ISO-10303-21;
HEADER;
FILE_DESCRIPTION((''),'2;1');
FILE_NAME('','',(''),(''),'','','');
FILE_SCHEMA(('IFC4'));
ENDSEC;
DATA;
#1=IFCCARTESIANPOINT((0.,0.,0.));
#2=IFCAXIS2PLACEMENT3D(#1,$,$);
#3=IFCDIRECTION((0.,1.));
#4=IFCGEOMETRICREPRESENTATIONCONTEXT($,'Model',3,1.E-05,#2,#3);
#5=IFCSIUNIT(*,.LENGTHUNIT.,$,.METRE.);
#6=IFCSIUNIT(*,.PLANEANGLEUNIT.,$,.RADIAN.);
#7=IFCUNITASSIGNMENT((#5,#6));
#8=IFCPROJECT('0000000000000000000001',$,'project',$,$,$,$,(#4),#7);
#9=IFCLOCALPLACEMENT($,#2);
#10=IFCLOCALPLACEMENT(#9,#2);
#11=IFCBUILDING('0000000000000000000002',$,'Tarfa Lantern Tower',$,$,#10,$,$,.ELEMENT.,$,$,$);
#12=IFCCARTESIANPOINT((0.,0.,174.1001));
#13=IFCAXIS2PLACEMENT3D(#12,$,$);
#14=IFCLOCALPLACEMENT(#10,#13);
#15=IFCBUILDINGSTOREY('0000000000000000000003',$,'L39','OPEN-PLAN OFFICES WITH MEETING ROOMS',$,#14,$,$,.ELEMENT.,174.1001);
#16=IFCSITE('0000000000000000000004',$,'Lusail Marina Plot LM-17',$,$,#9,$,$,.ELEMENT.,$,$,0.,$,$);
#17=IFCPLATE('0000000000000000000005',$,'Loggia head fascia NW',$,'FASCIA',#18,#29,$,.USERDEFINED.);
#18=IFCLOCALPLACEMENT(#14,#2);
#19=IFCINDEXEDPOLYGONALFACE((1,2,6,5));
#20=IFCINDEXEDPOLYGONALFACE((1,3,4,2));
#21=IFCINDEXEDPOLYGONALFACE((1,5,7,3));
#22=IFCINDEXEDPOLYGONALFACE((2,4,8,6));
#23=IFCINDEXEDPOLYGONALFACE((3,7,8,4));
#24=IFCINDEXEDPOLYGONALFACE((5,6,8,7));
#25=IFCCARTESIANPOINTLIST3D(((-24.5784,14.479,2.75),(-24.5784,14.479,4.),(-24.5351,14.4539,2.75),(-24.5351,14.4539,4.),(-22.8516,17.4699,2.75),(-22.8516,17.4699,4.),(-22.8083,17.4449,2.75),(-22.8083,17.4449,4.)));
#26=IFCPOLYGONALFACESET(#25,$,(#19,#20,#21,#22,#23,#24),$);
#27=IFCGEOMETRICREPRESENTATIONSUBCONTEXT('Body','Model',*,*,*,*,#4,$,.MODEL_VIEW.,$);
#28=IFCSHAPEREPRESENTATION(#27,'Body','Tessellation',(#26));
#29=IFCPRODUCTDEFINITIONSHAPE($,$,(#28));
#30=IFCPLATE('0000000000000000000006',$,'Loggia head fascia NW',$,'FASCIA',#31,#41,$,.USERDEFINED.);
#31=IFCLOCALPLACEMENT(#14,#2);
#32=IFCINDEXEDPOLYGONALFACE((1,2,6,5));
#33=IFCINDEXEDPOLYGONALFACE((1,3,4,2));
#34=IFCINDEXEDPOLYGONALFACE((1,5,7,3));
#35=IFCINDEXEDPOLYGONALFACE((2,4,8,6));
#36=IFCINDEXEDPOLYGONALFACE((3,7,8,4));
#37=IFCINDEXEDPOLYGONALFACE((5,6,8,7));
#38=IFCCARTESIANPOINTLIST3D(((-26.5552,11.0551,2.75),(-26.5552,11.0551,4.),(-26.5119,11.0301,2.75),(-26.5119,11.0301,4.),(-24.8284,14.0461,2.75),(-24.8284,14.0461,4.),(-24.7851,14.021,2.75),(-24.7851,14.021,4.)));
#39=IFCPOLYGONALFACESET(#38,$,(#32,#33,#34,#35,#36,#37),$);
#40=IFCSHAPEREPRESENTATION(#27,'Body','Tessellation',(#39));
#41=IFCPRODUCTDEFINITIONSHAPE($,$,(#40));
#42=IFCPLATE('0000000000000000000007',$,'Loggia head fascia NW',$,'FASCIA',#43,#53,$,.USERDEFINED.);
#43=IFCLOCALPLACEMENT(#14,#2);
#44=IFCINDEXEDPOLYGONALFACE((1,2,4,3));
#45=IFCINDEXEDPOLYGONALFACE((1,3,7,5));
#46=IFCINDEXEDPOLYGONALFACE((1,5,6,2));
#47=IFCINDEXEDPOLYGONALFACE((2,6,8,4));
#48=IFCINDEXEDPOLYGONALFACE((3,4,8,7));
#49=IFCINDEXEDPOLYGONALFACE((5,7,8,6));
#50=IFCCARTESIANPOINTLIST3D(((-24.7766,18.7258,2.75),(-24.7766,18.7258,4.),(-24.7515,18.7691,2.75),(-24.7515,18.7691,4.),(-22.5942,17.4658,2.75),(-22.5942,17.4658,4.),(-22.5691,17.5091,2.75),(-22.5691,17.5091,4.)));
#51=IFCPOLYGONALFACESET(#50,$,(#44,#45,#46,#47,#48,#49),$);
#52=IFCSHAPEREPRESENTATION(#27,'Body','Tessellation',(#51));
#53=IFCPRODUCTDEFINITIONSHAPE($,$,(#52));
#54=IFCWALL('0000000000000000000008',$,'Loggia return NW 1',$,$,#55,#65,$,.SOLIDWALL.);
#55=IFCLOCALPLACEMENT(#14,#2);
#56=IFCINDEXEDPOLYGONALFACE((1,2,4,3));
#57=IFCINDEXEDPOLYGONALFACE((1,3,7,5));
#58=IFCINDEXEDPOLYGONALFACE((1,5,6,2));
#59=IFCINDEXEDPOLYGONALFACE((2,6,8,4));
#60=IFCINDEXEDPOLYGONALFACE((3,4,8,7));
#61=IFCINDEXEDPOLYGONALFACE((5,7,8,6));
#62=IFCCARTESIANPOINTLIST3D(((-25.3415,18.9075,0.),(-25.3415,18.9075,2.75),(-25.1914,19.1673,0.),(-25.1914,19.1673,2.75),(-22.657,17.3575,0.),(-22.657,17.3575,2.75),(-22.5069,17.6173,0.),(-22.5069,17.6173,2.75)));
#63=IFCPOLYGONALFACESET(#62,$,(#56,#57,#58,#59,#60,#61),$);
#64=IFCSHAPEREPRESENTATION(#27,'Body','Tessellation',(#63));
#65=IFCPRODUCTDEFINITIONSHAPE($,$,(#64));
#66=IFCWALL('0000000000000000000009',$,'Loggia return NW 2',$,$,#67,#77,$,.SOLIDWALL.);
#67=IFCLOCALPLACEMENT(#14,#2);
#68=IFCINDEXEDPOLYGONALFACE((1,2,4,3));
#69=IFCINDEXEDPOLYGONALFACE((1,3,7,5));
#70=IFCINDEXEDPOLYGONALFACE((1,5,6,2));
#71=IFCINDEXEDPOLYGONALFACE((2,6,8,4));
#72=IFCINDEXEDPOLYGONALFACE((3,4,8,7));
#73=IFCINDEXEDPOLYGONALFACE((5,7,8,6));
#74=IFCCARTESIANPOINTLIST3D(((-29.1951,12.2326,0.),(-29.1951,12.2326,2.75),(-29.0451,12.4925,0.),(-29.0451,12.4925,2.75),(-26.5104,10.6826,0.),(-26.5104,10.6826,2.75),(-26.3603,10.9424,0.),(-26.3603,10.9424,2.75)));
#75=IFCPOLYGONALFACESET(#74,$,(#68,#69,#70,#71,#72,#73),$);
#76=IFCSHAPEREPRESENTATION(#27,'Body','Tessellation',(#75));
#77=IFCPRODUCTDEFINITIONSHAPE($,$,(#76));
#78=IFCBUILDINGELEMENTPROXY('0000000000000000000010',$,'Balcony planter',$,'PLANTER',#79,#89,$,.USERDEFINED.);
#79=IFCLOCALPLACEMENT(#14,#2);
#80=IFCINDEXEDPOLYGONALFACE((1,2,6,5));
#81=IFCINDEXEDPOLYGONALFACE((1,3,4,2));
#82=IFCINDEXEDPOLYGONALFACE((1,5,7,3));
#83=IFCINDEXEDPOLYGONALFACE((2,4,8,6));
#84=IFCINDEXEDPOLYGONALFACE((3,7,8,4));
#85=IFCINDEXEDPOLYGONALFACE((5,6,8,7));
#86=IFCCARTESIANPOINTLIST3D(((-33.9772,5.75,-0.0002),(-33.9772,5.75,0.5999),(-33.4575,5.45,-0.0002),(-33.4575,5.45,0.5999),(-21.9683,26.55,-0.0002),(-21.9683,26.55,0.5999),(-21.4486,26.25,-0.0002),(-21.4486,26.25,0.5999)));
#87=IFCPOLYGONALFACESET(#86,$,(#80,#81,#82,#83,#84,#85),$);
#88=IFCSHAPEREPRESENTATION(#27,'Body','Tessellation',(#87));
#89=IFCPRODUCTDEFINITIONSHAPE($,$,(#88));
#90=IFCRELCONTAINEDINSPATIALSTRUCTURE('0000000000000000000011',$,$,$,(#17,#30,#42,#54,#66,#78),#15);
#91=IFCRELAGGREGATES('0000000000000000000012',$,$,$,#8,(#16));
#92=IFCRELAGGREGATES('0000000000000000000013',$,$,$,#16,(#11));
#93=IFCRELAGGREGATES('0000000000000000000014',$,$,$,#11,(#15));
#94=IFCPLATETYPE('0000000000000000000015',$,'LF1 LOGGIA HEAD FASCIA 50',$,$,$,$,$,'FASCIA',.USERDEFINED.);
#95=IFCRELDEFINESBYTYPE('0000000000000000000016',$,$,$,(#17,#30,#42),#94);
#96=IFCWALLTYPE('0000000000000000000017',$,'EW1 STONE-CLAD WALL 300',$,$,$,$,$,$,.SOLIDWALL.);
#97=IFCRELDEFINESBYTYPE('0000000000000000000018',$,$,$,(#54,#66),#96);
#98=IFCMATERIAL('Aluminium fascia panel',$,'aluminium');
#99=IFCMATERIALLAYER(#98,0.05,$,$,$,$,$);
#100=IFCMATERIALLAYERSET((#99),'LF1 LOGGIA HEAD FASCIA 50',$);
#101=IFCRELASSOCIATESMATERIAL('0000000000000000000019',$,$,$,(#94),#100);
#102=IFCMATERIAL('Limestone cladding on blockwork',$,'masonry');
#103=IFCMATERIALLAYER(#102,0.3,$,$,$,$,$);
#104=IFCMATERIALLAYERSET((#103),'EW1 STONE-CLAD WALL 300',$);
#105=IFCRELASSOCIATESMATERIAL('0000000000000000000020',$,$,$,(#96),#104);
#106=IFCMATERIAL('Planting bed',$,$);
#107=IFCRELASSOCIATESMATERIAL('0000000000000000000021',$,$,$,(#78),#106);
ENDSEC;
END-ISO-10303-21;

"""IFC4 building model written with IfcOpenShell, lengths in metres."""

from ifc_helpers import new_model, si_unit, direction, frame, frame_2d, origin, origin_2d, place, context, subcontext, project, spatial, rectangle, extrude, material, layer, layer_set, type_object, element, save


model = new_model("IFC4")

# Units and contexts
model_context = context("Model", 3, precision=1e-05, world=origin(), true_north=direction((0.0, 1.0)))
body_context = subcontext(model_context, "Body", "Model", "MODEL_VIEW")
ifc_project = project(units=[si_unit("LENGTHUNIT", "METRE"), si_unit("PLANEANGLEUNIT", "RADIAN")], contexts=[model_context])

# Site, building, storey
site_placement = place(None, origin())
site = spatial("IfcSite", under=ifc_project, at=site_placement, Name="Lusail Marina Plot LM-17", CompositionType="ELEMENT", RefElevation=0.0)
building_placement = place(site_placement, origin())
building = spatial("IfcBuilding", under=site, at=building_placement, Name="Tarfa Lantern Tower", CompositionType="ELEMENT")
storey_placement = place(building_placement, frame((0.0, 0.0, 174.1001)))
storey = spatial("IfcBuildingStorey", under=building, at=storey_placement, Name="L39", Description="OPEN-PLAN OFFICES WITH MEETING ROOMS", CompositionType="ELEMENT", Elevation=174.1001)

# Plates
ifc_material_1 = material(Name="Aluminium fascia panel", Category="aluminium")
ifc_layer_1 = layer(ifc_material_1, 0.05)
ifc_layer_set_1 = layer_set([ifc_layer_1], Name="LF1 LOGGIA HEAD FASCIA 50")
plate_type_1 = type_object("IfcPlateType", Name="LF1 LOGGIA HEAD FASCIA 50", ElementType="FASCIA", PredefinedType="USERDEFINED", material=ifc_layer_set_1)
for number, where, z_axis, x_axis, name in (
    (1, (-23.6934, 15.9619, 2.75), (0.0, 0.0, 1.0), (-0.5, -0.866025, 0.0), "Loggia head fascia NW"),
    (2, (-25.6702, 12.5381, 2.75), (0.0, 0.0, 1.0), (-0.5, -0.866025, 0.0), "Loggia head fascia NW"),
):
    element("IfcPlate", number, at=place(storey_placement, frame(where, z_axis=z_axis, x_axis=x_axis)), inside=storey, type_object=plate_type_1, Name=name, ObjectType="FASCIA", PredefinedType="USERDEFINED", context=body_context, shape_type="SweptSolid", body=[
        extrude(rectangle(XDim=3.4536, YDim=0.05, at=origin_2d()), origin(), (0.0, 0.0, 1.0), 1.25),
    ])
plate_1_placement = place(storey_placement, frame((-23.6729, 18.1174, 2.75), z_axis=(0.0, 0.0, 1.0), x_axis=(0.866025, -0.5, 0.0)))
element("IfcPlate", 3, at=plate_1_placement, inside=storey, type_object=plate_type_1, Name="Loggia head fascia NW", ObjectType="FASCIA", PredefinedType="USERDEFINED", context=body_context, shape_type="SweptSolid", body=[
    extrude(rectangle(XDim=2.52, YDim=0.05, at=origin_2d()), origin(), (0.0, 0.0, 1.0), 1.25),
])

# Walls
ifc_material_2 = material(Name="Limestone cladding on blockwork", Category="masonry")
ifc_layer_2 = layer(ifc_material_2, 0.3)
ifc_layer_set_2 = layer_set([ifc_layer_2], Name="EW1 STONE-CLAD WALL 300")
wall_type = type_object("IfcWallType", Name="EW1 STONE-CLAD WALL 300", PredefinedType="SOLIDWALL", material=ifc_layer_set_2)
wall_1_placement = place(storey_placement, frame((-25.2664, 19.0374, 0.0), z_axis=(0.0, 0.0, 1.0), x_axis=(0.86601, -0.500027, 0.0)))
element("IfcWall", 4, at=wall_1_placement, inside=storey, type_object=wall_type, Name="Loggia return NW 1", PredefinedType="SOLIDWALL", context=body_context, shape_type="SweptSolid", body=[
    extrude(rectangle(XDim=3.0999, YDim=0.3, at=frame_2d((1.5498, 0.0))), origin(), (0.0, 0.0, 1.0), 2.75),
])
wall_2_placement = place(storey_placement, frame((-29.1201, 12.3625, 0.0), z_axis=(0.0, 0.0, 1.0), x_axis=(0.86603, -0.499993, 0.0)))
element("IfcWall", 5, at=wall_2_placement, inside=storey, type_object=wall_type, Name="Loggia return NW 2", PredefinedType="SOLIDWALL", context=body_context, shape_type="SweptSolid", body=[
    extrude(rectangle(XDim=3.1001, YDim=0.3, at=frame_2d((1.55, 0.0))), origin(), (0.0, 0.0, 1.0), 2.75),
])

# Building element proxy
ifc_material_3 = material(Name="Planting bed")
proxy_placement = place(storey_placement, frame((-27.7129, 16.0, -0.0002), z_axis=(0.0, 0.0, 1.0), x_axis=(-0.5, -0.866025, 0.0)))
element("IfcBuildingElementProxy", 6, at=proxy_placement, inside=storey, material=ifc_material_3, Name="Balcony planter", ObjectType="PLANTER", PredefinedType="USERDEFINED", context=body_context, shape_type="SweptSolid", body=[
    extrude(rectangle(XDim=24.0178, YDim=0.6001, at=origin_2d()), origin(), (0.0, 0.0, 1.0), 0.6001),
])

save(model, "model.ifc")
